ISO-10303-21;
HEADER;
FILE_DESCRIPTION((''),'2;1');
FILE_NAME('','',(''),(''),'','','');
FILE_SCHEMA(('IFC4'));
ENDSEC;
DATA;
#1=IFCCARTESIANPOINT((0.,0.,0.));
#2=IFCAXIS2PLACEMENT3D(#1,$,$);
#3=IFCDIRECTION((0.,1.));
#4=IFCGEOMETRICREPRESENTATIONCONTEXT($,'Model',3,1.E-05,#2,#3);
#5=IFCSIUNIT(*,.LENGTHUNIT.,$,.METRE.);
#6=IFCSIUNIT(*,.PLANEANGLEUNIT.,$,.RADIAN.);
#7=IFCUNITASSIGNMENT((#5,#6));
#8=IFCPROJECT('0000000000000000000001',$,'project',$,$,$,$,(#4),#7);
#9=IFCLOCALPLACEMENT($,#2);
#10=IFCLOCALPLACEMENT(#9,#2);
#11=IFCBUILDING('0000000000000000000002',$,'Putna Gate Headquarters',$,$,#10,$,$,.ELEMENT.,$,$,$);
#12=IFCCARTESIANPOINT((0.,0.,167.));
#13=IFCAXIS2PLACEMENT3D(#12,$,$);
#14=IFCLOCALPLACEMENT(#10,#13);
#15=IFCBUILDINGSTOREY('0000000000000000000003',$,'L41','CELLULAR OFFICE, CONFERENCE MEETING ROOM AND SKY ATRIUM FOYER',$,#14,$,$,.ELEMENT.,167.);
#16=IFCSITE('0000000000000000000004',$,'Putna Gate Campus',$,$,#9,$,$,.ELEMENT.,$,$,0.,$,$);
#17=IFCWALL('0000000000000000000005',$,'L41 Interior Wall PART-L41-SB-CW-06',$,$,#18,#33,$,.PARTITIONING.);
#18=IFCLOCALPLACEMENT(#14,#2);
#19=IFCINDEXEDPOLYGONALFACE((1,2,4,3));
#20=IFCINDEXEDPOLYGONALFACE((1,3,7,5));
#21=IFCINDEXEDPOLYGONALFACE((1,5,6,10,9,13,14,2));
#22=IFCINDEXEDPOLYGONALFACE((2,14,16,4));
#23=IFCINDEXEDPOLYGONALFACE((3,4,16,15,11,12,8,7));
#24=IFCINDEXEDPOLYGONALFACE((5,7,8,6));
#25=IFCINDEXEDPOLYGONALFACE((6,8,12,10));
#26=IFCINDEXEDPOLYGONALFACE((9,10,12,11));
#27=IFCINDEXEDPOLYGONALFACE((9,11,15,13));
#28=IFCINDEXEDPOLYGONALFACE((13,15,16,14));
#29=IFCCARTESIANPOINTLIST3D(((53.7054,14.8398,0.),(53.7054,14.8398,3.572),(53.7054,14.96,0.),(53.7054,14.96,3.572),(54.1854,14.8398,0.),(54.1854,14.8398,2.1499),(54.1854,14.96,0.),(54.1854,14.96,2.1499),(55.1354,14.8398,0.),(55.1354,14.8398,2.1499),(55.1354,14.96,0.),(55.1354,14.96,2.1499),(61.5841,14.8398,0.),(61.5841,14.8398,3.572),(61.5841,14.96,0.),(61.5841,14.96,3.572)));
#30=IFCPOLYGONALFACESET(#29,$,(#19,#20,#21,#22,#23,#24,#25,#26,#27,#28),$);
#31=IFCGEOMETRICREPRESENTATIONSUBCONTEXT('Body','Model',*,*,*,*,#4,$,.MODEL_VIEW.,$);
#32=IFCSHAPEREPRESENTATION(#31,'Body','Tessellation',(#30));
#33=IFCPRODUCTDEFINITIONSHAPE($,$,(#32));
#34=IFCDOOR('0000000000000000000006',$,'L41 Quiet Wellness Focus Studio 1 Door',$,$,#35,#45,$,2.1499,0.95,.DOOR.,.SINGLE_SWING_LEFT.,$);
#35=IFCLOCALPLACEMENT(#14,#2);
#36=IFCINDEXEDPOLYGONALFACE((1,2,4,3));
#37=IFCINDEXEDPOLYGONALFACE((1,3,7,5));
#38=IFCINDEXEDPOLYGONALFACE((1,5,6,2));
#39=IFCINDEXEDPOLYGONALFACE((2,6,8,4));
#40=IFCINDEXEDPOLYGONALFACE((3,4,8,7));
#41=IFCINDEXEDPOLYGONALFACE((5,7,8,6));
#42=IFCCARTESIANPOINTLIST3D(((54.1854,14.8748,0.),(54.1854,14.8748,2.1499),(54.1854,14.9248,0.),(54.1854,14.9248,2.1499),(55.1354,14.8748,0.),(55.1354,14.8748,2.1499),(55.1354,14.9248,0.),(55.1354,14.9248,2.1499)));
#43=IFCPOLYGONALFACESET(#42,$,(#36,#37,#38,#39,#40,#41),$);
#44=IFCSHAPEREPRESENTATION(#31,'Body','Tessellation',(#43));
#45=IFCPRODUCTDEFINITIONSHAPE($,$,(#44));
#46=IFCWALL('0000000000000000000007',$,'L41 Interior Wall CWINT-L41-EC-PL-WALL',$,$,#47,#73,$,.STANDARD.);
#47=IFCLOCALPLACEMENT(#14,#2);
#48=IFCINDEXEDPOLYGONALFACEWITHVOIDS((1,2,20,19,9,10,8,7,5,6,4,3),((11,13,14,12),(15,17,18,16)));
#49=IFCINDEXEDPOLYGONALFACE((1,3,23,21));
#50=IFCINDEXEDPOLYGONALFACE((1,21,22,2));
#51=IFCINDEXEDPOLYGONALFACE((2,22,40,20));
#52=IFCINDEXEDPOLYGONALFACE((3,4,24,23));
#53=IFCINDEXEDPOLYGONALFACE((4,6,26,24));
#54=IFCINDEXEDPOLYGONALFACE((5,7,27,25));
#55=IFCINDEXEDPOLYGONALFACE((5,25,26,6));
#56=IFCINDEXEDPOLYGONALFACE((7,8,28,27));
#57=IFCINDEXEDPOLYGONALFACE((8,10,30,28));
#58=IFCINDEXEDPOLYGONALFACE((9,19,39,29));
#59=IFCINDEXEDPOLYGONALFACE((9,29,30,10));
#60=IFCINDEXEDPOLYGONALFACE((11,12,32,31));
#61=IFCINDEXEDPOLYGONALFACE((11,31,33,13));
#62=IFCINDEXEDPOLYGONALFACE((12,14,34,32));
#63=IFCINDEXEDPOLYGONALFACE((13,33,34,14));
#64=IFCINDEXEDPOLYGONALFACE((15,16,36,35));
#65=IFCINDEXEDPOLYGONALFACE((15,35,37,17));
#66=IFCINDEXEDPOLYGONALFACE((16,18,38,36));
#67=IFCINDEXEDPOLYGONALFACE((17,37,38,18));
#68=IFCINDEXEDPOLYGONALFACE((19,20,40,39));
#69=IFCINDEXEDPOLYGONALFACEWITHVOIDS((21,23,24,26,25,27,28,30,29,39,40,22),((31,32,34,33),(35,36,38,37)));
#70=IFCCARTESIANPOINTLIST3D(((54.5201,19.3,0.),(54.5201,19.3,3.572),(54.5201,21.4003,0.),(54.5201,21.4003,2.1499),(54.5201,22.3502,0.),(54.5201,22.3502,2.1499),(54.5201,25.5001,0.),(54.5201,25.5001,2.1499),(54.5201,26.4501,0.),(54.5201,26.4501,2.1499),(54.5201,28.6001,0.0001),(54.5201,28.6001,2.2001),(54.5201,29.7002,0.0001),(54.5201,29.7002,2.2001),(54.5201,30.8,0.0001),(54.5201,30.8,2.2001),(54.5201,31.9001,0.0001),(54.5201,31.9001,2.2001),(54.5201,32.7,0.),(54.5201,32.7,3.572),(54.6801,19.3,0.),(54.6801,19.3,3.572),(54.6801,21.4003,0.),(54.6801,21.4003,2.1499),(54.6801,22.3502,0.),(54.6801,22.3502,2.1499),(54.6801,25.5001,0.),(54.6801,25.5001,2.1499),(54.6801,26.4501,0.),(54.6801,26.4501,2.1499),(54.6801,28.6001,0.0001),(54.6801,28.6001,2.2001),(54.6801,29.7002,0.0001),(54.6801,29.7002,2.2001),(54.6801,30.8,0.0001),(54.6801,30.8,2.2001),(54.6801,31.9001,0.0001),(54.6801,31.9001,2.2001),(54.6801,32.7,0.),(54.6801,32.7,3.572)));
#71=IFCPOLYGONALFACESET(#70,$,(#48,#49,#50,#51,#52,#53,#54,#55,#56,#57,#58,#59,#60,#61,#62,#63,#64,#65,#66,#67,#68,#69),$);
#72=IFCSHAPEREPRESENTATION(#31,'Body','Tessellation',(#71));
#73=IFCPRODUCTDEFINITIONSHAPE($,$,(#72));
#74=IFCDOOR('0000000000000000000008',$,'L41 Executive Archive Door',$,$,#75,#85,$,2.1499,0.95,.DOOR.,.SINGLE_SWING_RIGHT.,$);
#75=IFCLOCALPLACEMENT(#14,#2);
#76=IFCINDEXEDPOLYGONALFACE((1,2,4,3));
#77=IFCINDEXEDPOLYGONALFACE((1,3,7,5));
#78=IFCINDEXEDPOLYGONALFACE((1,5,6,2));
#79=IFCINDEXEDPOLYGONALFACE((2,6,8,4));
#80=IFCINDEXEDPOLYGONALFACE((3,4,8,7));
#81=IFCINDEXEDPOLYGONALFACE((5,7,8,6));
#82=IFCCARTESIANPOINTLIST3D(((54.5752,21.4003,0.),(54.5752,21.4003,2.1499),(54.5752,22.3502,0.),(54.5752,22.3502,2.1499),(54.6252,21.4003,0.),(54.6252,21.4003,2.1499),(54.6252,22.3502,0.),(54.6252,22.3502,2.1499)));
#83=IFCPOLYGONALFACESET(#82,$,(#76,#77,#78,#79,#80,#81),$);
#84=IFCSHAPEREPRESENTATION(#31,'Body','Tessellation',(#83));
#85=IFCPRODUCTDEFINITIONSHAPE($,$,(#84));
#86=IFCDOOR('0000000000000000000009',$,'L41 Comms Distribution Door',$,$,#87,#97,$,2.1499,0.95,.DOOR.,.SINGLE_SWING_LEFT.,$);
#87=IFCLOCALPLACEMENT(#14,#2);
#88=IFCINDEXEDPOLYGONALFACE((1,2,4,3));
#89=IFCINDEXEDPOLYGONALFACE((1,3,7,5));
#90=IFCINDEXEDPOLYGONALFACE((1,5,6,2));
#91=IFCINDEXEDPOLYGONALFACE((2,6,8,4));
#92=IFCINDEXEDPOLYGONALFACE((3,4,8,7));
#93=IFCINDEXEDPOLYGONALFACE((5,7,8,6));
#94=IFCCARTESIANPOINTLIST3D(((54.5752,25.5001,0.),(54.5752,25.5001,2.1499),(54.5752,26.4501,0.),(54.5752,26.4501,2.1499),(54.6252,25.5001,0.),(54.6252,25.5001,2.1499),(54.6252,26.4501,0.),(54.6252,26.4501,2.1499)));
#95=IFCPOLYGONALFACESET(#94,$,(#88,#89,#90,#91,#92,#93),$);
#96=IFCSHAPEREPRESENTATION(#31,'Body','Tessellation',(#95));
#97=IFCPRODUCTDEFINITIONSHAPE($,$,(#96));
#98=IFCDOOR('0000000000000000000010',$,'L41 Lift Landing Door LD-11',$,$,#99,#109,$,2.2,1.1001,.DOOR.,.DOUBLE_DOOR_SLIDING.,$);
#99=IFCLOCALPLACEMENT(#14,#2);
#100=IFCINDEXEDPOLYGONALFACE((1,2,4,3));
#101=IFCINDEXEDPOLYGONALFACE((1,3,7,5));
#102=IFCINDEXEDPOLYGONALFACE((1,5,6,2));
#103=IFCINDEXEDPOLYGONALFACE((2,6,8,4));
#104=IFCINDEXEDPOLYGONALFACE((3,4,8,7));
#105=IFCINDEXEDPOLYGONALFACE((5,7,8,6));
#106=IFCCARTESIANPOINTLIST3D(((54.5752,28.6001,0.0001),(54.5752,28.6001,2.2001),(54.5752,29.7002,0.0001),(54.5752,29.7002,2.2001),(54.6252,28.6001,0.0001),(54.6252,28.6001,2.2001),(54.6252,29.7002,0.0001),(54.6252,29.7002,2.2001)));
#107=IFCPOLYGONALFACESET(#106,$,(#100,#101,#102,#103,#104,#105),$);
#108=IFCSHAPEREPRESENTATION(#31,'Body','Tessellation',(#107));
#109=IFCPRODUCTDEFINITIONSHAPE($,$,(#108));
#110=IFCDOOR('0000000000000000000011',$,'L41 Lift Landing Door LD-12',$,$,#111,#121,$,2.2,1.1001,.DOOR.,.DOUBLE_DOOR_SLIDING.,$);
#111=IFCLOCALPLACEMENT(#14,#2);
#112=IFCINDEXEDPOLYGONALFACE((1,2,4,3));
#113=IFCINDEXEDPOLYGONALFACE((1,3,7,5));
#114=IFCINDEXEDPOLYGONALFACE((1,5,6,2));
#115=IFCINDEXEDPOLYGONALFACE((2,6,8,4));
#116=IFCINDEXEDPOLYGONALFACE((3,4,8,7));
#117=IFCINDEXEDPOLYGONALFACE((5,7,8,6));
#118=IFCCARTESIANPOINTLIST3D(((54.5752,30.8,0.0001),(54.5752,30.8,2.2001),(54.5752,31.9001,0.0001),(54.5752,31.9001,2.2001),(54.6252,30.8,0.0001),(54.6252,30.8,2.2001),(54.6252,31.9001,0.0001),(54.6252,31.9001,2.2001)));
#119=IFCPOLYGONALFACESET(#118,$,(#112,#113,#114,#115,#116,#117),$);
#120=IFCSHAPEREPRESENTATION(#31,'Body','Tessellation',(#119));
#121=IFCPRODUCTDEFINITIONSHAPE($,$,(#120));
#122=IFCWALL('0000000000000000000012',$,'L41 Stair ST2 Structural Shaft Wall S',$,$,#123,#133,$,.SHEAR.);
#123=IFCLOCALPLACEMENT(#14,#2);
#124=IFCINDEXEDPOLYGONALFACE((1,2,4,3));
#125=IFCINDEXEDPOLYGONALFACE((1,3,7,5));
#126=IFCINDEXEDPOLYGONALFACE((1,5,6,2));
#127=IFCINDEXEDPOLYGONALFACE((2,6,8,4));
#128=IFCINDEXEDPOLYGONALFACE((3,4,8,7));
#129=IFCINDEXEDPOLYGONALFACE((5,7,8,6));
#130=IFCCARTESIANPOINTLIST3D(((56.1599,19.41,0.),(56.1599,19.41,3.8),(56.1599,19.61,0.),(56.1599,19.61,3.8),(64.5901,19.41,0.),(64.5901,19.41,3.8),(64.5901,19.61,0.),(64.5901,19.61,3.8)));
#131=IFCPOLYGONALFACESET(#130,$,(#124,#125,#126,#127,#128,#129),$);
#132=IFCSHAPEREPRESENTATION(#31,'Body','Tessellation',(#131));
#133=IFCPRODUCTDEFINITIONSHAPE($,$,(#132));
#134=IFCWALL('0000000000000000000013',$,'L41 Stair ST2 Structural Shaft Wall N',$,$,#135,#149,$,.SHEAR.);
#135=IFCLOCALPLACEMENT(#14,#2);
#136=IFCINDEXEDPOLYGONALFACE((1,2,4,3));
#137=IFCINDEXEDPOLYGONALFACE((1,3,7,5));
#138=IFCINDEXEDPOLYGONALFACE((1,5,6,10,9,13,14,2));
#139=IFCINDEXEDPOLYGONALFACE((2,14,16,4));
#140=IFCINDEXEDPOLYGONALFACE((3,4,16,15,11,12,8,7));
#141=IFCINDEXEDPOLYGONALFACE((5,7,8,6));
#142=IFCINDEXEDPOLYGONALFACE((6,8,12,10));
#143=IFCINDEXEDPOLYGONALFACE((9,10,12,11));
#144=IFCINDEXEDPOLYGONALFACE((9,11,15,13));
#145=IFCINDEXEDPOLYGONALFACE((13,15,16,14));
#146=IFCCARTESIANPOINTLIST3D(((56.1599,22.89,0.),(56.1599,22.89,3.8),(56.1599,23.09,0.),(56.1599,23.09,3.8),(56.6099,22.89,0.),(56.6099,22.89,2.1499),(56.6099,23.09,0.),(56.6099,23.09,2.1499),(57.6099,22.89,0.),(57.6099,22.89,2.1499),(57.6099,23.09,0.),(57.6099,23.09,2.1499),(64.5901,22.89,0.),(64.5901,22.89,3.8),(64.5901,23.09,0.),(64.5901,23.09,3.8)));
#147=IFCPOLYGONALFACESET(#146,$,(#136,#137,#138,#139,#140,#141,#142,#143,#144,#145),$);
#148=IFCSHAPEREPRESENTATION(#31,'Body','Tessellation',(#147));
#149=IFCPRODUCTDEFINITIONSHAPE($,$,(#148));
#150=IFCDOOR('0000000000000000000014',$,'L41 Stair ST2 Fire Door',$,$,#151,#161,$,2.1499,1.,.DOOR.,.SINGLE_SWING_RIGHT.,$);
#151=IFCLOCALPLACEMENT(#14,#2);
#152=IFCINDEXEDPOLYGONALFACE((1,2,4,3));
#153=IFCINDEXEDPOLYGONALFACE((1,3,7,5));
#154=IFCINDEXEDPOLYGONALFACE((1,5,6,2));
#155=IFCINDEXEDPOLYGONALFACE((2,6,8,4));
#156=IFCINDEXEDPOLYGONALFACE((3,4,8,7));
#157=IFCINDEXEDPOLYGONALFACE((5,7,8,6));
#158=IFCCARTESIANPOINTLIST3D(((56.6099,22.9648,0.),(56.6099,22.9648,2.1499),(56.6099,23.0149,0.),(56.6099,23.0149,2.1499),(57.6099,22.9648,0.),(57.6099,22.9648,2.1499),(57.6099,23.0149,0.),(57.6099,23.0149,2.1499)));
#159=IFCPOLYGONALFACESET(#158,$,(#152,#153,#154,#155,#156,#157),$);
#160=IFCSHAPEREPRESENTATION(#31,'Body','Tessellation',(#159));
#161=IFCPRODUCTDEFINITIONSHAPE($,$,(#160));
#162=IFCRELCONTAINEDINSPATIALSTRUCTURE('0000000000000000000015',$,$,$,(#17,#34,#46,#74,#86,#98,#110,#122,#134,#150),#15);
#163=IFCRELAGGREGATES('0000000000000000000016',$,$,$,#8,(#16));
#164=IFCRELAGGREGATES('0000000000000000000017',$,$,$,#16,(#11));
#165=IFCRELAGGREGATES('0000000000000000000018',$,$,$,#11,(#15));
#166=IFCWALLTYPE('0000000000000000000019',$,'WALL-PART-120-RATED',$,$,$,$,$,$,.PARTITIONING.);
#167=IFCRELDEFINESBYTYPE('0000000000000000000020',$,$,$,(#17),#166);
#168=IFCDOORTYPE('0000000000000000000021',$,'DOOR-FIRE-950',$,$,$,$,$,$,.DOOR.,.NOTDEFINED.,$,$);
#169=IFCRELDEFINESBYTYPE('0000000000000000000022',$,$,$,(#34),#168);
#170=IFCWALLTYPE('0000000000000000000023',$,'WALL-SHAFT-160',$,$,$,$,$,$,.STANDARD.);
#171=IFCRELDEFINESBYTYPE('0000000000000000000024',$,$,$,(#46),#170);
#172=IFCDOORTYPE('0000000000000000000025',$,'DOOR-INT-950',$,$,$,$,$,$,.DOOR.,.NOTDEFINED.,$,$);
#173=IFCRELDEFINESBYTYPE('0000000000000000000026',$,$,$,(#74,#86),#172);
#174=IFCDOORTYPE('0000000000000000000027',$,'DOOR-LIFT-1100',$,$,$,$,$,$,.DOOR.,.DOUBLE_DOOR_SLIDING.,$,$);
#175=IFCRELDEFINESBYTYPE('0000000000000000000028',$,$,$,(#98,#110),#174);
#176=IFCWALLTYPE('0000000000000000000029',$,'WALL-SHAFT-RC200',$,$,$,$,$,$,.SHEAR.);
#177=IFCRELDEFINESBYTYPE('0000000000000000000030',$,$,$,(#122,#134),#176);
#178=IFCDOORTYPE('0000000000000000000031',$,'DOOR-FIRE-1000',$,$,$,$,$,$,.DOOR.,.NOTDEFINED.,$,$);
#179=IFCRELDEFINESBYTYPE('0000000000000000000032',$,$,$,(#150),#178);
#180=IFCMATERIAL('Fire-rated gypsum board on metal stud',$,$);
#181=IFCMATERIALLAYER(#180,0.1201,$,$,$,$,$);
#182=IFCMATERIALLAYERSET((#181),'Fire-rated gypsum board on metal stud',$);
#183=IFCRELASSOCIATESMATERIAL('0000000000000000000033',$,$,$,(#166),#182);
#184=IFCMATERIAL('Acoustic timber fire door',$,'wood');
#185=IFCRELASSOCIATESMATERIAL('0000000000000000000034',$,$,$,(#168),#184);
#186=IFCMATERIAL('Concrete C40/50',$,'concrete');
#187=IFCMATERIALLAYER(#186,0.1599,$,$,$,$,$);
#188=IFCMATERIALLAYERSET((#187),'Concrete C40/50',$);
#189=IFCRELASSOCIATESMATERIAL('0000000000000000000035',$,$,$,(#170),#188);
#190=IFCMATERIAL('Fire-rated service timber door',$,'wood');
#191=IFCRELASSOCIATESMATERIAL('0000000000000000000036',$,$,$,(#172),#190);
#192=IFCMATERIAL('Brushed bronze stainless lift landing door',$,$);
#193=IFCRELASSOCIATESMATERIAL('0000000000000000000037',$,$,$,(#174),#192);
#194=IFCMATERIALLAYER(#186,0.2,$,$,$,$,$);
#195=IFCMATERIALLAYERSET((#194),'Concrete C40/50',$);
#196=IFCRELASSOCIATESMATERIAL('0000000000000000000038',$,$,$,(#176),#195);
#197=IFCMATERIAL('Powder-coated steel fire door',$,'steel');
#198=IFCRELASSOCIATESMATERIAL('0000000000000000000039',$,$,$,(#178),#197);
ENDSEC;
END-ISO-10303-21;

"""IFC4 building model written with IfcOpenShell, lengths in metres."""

from ifc_helpers import new_model, si_unit, direction, frame, frame_2d, origin, place, context, subcontext, project, spatial, rectangle, extrude, material, layer, layer_set, type_object, element, fill, save


model = new_model("IFC4")

# Units and contexts
model_context = context("Model", 3, precision=1e-05, world=origin(), true_north=direction((0.0, 1.0)))
body_context = subcontext(model_context, "Body", "Model", "MODEL_VIEW")
ifc_project = project(units=[si_unit("LENGTHUNIT", "METRE"), si_unit("PLANEANGLEUNIT", "RADIAN")], contexts=[model_context])

# Site, building, storey
site_placement = place(None, origin())
site = spatial("IfcSite", under=ifc_project, at=site_placement, Name="Putna Gate Campus", CompositionType="ELEMENT", RefElevation=0.0)
building_placement = place(site_placement, origin())
building = spatial("IfcBuilding", under=site, at=building_placement, Name="Putna Gate Headquarters", CompositionType="ELEMENT")
storey_placement = place(building_placement, frame((0.0, 0.0, 167.0)))
storey = spatial("IfcBuildingStorey", under=building, at=storey_placement, Name="L41", Description="CELLULAR OFFICE, CONFERENCE MEETING ROOM AND SKY ATRIUM FOYER", CompositionType="ELEMENT", Elevation=167.0)

# Wall, opening, door
ifc_material_1 = material(Name="Fire-rated gypsum board on metal stud")
ifc_layer_1 = layer(ifc_material_1, 0.1201)
ifc_layer_set_1 = layer_set([ifc_layer_1], Name="Fire-rated gypsum board on metal stud")
wall_type_1 = type_object("IfcWallType", Name="WALL-PART-120-RATED", PredefinedType="PARTITIONING", material=ifc_layer_set_1)
ifc_material_2 = material(Name="Acoustic timber fire door", Category="wood")
door_type_1 = type_object("IfcDoorType", Name="DOOR-FIRE-950", OperationType="NOTDEFINED", PredefinedType="DOOR", material=ifc_material_2)
wall_1_placement = place(storey_placement, frame((53.7053, 14.8999, 0.0), z_axis=(0.0, 0.0, 1.0), x_axis=(1.0, 0.0, 0.0)))
wall_1 = element("IfcWall", 1, at=wall_1_placement, inside=storey, type_object=wall_type_1, Name="L41 Interior Wall PART-L41-SB-CW-06", PredefinedType="PARTITIONING", context=body_context, shape_type="SweptSolid", body=[
    extrude(rectangle(XDim=7.8787, YDim=0.1201, at=frame_2d((3.9395, 0.0))), origin(), (0.0, 0.0, 1.0), 3.572),
])
opening_1_placement = place(wall_1_placement, frame((0.48, 0.0, 0.0)))
opening_1 = element("IfcOpeningElement", 2, at=opening_1_placement, cuts=wall_1, PredefinedType="OPENING", context=body_context, shape_type="SweptSolid", body=[
    extrude(rectangle(XDim=0.95, YDim=2.1499, at=frame_2d((0.4751, 1.075))), frame((0.0, 0.0701, 0.0), z_axis=(0.0, -1.0, 0.0), x_axis=(1.0, 0.0, 0.0)), (0.0, 0.0, 1.0), 0.1401),
])
door_1_placement = place(opening_1_placement, origin())
door_1 = element("IfcDoor", 3, at=door_1_placement, inside=storey, type_object=door_type_1, Name="L41 Quiet Wellness Focus Studio 1 Door", OperationType="SINGLE_SWING_LEFT", OverallHeight=2.1499, OverallWidth=0.95, PredefinedType="DOOR", context=body_context, shape_type="SweptSolid", body=[
    extrude(rectangle(XDim=0.95, YDim=2.1499, at=frame_2d((0.4751, 1.075))), frame((0.0, 0.0249, 0.0), z_axis=(0.0, -1.0, 0.0), x_axis=(1.0, 0.0, 0.0)), (0.0, 0.0, 1.0), 0.05),
])
fill(opening_1, door_1)

# Wall, openings, doors
ifc_material_3 = material(Name="Concrete C40/50", Category="concrete")
ifc_layer_2 = layer(ifc_material_3, 0.1599)
ifc_layer_set_2 = layer_set([ifc_layer_2], Name="Concrete C40/50")
wall_type_2 = type_object("IfcWallType", Name="WALL-SHAFT-160", PredefinedType="STANDARD", material=ifc_layer_set_2)
wall_2_placement = place(storey_placement, frame((54.6001, 19.3, 0.0), z_axis=(0.0, 0.0, 1.0), x_axis=(0.0, 1.0, 0.0)))
wall_2 = element("IfcWall", 4, at=wall_2_placement, inside=storey, type_object=wall_type_2, Name="L41 Interior Wall CWINT-L41-EC-PL-WALL", PredefinedType="STANDARD", context=body_context, shape_type="SweptSolid", body=[
    extrude(rectangle(XDim=13.3999, YDim=0.1599, at=frame_2d((6.7, 0.0))), origin(), (0.0, 0.0, 1.0), 3.572),
])
opening_2_placement = place(wall_2_placement, frame((2.1001, 0.0, 0.0)))
opening_2 = element("IfcOpeningElement", 5, at=opening_2_placement, cuts=wall_2, PredefinedType="OPENING", context=body_context, shape_type="SweptSolid", body=[
    extrude(rectangle(XDim=0.95, YDim=2.1499, at=frame_2d((0.4751, 1.075))), frame((0.0, 0.0898, 0.0), z_axis=(0.0, -1.0, 0.0), x_axis=(1.0, 0.0, 0.0)), (0.0, 0.0, 1.0), 0.1799),
])
opening_3_placement = place(wall_2_placement, frame((6.2, 0.0, 0.0)))
opening_3 = element("IfcOpeningElement", 6, at=opening_3_placement, cuts=wall_2, PredefinedType="OPENING", context=body_context, shape_type="SweptSolid", body=[
    extrude(rectangle(XDim=0.95, YDim=2.1499, at=frame_2d((0.4751, 1.075))), frame((0.0, 0.0898, 0.0), z_axis=(0.0, -1.0, 0.0), x_axis=(1.0, 0.0, 0.0)), (0.0, 0.0, 1.0), 0.1799),
])
opening_4_placement = place(wall_2_placement, frame((9.3, 0.0, 0.0)))
opening_4 = element("IfcOpeningElement", 7, at=opening_4_placement, cuts=wall_2, PredefinedType="OPENING", context=body_context, shape_type="SweptSolid", body=[
    extrude(rectangle(XDim=1.1001, YDim=2.2, at=frame_2d((0.55, 1.1001))), frame((0.0, 0.0898, 0.0), z_axis=(0.0, -1.0, 0.0), x_axis=(1.0, 0.0, 0.0)), (0.0, 0.0, 1.0), 0.1799),
])
opening_5_placement = place(wall_2_placement, frame((11.5, 0.0, 0.0)))
opening_5 = element("IfcOpeningElement", 8, at=opening_5_placement, cuts=wall_2, PredefinedType="OPENING", context=body_context, shape_type="SweptSolid", body=[
    extrude(rectangle(XDim=1.1001, YDim=2.2, at=frame_2d((0.55, 1.1001))), frame((0.0, 0.0898, 0.0), z_axis=(0.0, -1.0, 0.0), x_axis=(1.0, 0.0, 0.0)), (0.0, 0.0, 1.0), 0.1799),
])
ifc_material_4 = material(Name="Fire-rated service timber door", Category="wood")
door_type_2 = type_object("IfcDoorType", Name="DOOR-INT-950", OperationType="NOTDEFINED", PredefinedType="DOOR", material=ifc_material_4)
door_2_placement = place(opening_2_placement, origin())
door_2 = element("IfcDoor", 9, at=door_2_placement, inside=storey, type_object=door_type_2, Name="L41 Executive Archive Door", OperationType="SINGLE_SWING_RIGHT", OverallHeight=2.1499, OverallWidth=0.95, PredefinedType="DOOR", context=body_context, shape_type="SweptSolid", body=[
    extrude(rectangle(XDim=0.95, YDim=2.1499, at=frame_2d((0.4751, 1.075))), frame((0.0, 0.0249, 0.0), z_axis=(0.0, -1.0, 0.0), x_axis=(1.0, 0.0, 0.0)), (0.0, 0.0, 1.0), 0.05),
])
fill(opening_2, door_2)
door_3_placement = place(opening_3_placement, origin())
door_3 = element("IfcDoor", 10, at=door_3_placement, inside=storey, type_object=door_type_2, Name="L41 Comms Distribution Door", OperationType="SINGLE_SWING_LEFT", OverallHeight=2.1499, OverallWidth=0.95, PredefinedType="DOOR", context=body_context, shape_type="SweptSolid", body=[
    extrude(rectangle(XDim=0.95, YDim=2.1499, at=frame_2d((0.4751, 1.075))), frame((0.0, 0.0249, 0.0), z_axis=(0.0, -1.0, 0.0), x_axis=(1.0, 0.0, 0.0)), (0.0, 0.0, 1.0), 0.05),
])
fill(opening_3, door_3)
ifc_material_5 = material(Name="Brushed bronze stainless lift landing door")
door_type_3 = type_object("IfcDoorType", Name="DOOR-LIFT-1100", OperationType="DOUBLE_DOOR_SLIDING", PredefinedType="DOOR", material=ifc_material_5)
door_4_placement = place(opening_4_placement, origin())
door_4 = element("IfcDoor", 11, at=door_4_placement, inside=storey, type_object=door_type_3, Name="L41 Lift Landing Door LD-11", OperationType="DOUBLE_DOOR_SLIDING", OverallHeight=2.2, OverallWidth=1.1001, PredefinedType="DOOR", context=body_context, shape_type="SweptSolid", body=[
    extrude(rectangle(XDim=1.1001, YDim=2.2, at=frame_2d((0.55, 1.1001))), frame((0.0, 0.0249, 0.0), z_axis=(0.0, -1.0, 0.0), x_axis=(1.0, 0.0, 0.0)), (0.0, 0.0, 1.0), 0.05),
])
fill(opening_4, door_4)
door_5_placement = place(opening_5_placement, origin())
door_5 = element("IfcDoor", 12, at=door_5_placement, inside=storey, type_object=door_type_3, Name="L41 Lift Landing Door LD-12", OperationType="DOUBLE_DOOR_SLIDING", OverallHeight=2.2, OverallWidth=1.1001, PredefinedType="DOOR", context=body_context, shape_type="SweptSolid", body=[
    extrude(rectangle(XDim=1.1001, YDim=2.2, at=frame_2d((0.55, 1.1001))), frame((0.0, 0.0249, 0.0), z_axis=(0.0, -1.0, 0.0), x_axis=(1.0, 0.0, 0.0)), (0.0, 0.0, 1.0), 0.05),
])
fill(opening_5, door_5)

# Wall
ifc_layer_3 = layer(ifc_material_3, 0.2)
ifc_layer_set_3 = layer_set([ifc_layer_3], Name="Concrete C40/50")
wall_type_3 = type_object("IfcWallType", Name="WALL-SHAFT-RC200", PredefinedType="SHEAR", material=ifc_layer_set_3)
wall_3_placement = place(storey_placement, frame((56.1599, 19.51, 0.0), z_axis=(0.0, 0.0, 1.0), x_axis=(1.0, 0.0, 0.0)))
element("IfcWall", 13, at=wall_3_placement, inside=storey, type_object=wall_type_3, Name="L41 Stair ST2 Structural Shaft Wall S", PredefinedType="SHEAR", context=body_context, shape_type="SweptSolid", body=[
    extrude(rectangle(XDim=8.4302, YDim=0.2, at=frame_2d((4.2151, 0.0))), origin(), (0.0, 0.0, 1.0), 3.8),
])

# Wall, opening, door
wall_4_placement = place(storey_placement, frame((56.1599, 22.99, 0.0), z_axis=(0.0, 0.0, 1.0), x_axis=(1.0, 0.0, 0.0)))
wall_4 = element("IfcWall", 14, at=wall_4_placement, inside=storey, type_object=wall_type_3, Name="L41 Stair ST2 Structural Shaft Wall N", PredefinedType="SHEAR", context=body_context, shape_type="SweptSolid", body=[
    extrude(rectangle(XDim=8.4302, YDim=0.2, at=frame_2d((4.2151, 0.0))), origin(), (0.0, 0.0, 1.0), 3.8),
])
opening_6_placement = place(wall_4_placement, frame((0.45, 0.0, 0.0)))
opening_6 = element("IfcOpeningElement", 15, at=opening_6_placement, cuts=wall_4, PredefinedType="OPENING", context=body_context, shape_type="SweptSolid", body=[
    extrude(rectangle(XDim=1.0, YDim=2.1499, at=frame_2d((0.5, 1.075))), frame((0.0, 0.1099, 0.0), z_axis=(0.0, -1.0, 0.0), x_axis=(1.0, 0.0, 0.0)), (0.0, 0.0, 1.0), 0.22),
])
ifc_material_6 = material(Name="Powder-coated steel fire door", Category="steel")
door_type_4 = type_object("IfcDoorType", Name="DOOR-FIRE-1000", OperationType="NOTDEFINED", PredefinedType="DOOR", material=ifc_material_6)
door_6_placement = place(opening_6_placement, origin())
door_6 = element("IfcDoor", 16, at=door_6_placement, inside=storey, type_object=door_type_4, Name="L41 Stair ST2 Fire Door", OperationType="SINGLE_SWING_RIGHT", OverallHeight=2.1499, OverallWidth=1.0, PredefinedType="DOOR", context=body_context, shape_type="SweptSolid", body=[
    extrude(rectangle(XDim=1.0, YDim=2.1499, at=frame_2d((0.5, 1.075))), frame((0.0, 0.0249, 0.0), z_axis=(0.0, -1.0, 0.0), x_axis=(1.0, 0.0, 0.0)), (0.0, 0.0, 1.0), 0.05),
])
fill(opening_6, door_6)

save(model, "model.ifc")
